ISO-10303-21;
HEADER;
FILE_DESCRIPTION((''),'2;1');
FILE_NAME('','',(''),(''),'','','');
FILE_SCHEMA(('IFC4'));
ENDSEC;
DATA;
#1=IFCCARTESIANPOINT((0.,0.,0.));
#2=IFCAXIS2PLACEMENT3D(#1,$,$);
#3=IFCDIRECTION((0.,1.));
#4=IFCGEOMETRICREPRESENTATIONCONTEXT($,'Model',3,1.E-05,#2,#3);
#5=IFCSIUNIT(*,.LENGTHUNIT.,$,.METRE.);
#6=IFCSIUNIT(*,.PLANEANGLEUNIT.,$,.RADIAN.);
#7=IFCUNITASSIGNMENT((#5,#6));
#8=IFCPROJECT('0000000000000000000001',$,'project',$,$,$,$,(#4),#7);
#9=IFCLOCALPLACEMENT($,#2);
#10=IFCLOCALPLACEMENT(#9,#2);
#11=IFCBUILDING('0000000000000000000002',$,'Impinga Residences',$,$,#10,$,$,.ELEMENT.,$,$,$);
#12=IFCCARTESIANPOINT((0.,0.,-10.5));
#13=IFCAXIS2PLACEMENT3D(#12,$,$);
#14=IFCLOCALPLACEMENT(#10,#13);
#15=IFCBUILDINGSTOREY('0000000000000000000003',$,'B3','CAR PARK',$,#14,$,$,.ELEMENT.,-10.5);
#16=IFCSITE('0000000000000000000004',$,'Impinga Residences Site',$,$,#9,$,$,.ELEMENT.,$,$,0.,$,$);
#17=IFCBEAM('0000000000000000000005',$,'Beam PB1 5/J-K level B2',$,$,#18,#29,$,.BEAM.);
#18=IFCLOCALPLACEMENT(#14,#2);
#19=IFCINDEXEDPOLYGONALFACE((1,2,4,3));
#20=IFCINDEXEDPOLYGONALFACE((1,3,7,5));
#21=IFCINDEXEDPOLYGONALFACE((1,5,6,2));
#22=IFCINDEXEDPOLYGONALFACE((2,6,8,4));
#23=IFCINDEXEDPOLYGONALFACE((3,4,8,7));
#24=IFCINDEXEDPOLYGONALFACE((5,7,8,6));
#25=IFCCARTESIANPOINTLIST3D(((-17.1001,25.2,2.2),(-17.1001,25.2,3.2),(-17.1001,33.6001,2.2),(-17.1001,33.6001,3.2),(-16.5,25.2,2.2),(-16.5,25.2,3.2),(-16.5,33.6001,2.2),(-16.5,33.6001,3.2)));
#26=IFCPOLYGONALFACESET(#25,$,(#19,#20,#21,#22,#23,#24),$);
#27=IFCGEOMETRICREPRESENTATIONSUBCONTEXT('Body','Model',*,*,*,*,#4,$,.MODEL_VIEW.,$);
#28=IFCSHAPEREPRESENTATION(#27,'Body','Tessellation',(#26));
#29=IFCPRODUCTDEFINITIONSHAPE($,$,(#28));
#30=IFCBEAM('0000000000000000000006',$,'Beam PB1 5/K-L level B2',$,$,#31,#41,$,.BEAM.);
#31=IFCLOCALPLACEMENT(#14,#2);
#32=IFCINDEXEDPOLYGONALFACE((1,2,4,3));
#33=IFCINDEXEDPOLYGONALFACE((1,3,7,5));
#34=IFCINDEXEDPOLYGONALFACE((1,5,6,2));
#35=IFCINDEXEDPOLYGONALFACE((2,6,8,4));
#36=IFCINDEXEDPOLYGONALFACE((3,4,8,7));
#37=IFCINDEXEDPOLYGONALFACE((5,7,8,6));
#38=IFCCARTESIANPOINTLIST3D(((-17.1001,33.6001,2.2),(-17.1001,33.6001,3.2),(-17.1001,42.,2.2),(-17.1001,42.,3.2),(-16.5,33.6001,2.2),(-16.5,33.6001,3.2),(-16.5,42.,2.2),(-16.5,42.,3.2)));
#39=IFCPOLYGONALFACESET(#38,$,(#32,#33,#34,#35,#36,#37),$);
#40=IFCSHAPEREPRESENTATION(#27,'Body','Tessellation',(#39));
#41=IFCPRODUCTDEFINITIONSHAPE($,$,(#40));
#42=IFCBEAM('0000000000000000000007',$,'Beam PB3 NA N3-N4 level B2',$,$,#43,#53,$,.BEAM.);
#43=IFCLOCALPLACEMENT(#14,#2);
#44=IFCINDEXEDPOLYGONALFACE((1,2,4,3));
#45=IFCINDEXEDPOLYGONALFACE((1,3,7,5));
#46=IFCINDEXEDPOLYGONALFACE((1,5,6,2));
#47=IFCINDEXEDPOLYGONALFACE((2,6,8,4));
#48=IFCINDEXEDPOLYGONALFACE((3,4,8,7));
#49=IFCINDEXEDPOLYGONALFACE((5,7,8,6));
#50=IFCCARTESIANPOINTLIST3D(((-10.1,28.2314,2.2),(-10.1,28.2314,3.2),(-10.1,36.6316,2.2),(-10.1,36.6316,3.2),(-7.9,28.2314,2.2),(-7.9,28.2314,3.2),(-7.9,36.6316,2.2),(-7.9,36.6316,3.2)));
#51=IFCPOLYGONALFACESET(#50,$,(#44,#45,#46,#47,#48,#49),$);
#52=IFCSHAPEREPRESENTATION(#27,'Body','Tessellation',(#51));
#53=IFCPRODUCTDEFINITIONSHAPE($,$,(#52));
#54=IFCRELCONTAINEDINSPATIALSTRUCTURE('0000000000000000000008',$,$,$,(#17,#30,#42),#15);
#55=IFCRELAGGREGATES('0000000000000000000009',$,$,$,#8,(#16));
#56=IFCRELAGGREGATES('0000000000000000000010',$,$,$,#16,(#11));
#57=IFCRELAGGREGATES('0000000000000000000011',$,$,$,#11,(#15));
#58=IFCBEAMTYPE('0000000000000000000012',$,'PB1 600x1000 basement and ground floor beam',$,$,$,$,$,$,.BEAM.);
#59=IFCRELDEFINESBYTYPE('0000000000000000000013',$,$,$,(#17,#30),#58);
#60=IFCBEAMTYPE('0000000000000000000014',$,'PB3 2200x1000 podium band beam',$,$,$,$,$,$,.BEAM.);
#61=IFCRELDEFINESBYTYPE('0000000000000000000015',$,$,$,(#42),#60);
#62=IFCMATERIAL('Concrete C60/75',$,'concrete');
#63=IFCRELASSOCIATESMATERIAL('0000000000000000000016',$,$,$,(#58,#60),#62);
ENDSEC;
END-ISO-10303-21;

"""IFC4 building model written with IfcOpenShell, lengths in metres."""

from ifc_helpers import new_model, si_unit, direction, frame, origin, origin_2d, place, context, subcontext, project, spatial, rectangle, extrude, material, material_profile, profile_set, type_object, element, save


model = new_model("IFC4")

# Units and contexts
model_context = context("Model", 3, precision=1e-05, world=origin(), true_north=direction((0.0, 1.0)))
body_context = subcontext(model_context, "Body", "Model", "MODEL_VIEW")
ifc_project = project(units=[si_unit("LENGTHUNIT", "METRE"), si_unit("PLANEANGLEUNIT", "RADIAN")], contexts=[model_context])

# Site, building, storey
site_placement = place(None, origin())
site = spatial("IfcSite", under=ifc_project, at=site_placement, Name="Impinga Residences Site", CompositionType="ELEMENT", RefElevation=0.0)
building_placement = place(site_placement, origin())
building = spatial("IfcBuilding", under=site, at=building_placement, Name="Impinga Residences", CompositionType="ELEMENT")
storey_placement = place(building_placement, frame((0.0, 0.0, -10.5)))
storey = spatial("IfcBuildingStorey", under=building, at=storey_placement, Name="B3", Description="CAR PARK", CompositionType="ELEMENT", Elevation=-10.5)

# Beams
ifc_material_1 = material(Name="Concrete C60/75", Category="concrete")
ifc_material_profile_1 = material_profile(ifc_material_1, rectangle(XDim=0.6001, YDim=1.0, at=origin_2d()), Name="RC 600x1000")
ifc_profile_set_1 = profile_set([ifc_material_profile_1], Name="Concrete C60/75")
beam_type_1 = type_object("IfcBeamType", Name="PB1 600x1000 basement and ground floor beam", PredefinedType="BEAM", material=ifc_profile_set_1)
beam_1_placement = place(storey_placement, frame((-16.8, 25.2, 2.7), z_axis=(0.0, 1.0, 0.0), x_axis=(-1.0, 0.0, 0.0)))
element("IfcBeam", 1, at=beam_1_placement, inside=storey, type_object=beam_type_1, Name="Beam PB1 5/J-K level B2", PredefinedType="BEAM", context=body_context, shape_type="SweptSolid", body=[
    extrude(rectangle(XDim=0.6001, YDim=1.0, at=origin_2d()), origin(), (0.0, 0.0, 1.0), 8.4001),
])
beam_2_placement = place(storey_placement, frame((-16.8, 33.6001, 2.7), z_axis=(0.0, 1.0, 0.0), x_axis=(-1.0, 0.0, 0.0)))
element("IfcBeam", 2, at=beam_2_placement, inside=storey, type_object=beam_type_1, Name="Beam PB1 5/K-L level B2", PredefinedType="BEAM", context=body_context, shape_type="SweptSolid", body=[
    extrude(rectangle(XDim=0.6001, YDim=1.0, at=origin_2d()), origin(), (0.0, 0.0, 1.0), 8.3999),
])
ifc_material_profile_2 = material_profile(ifc_material_1, rectangle(XDim=2.2, YDim=1.0, at=origin_2d()), Name="RC 2200x1000")
ifc_profile_set_2 = profile_set([ifc_material_profile_2], Name="Concrete C60/75")
beam_type_2 = type_object("IfcBeamType", Name="PB3 2200x1000 podium band beam", PredefinedType="BEAM", material=ifc_profile_set_2)
beam_3_placement = place(storey_placement, frame((-9.0, 28.2314, 2.7), z_axis=(0.0, 1.0, 0.0), x_axis=(-1.0, 0.0, 0.0)))
element("IfcBeam", 3, at=beam_3_placement, inside=storey, type_object=beam_type_2, Name="Beam PB3 NA N3-N4 level B2", PredefinedType="BEAM", context=body_context, shape_type="SweptSolid", body=[
    extrude(rectangle(XDim=2.2, YDim=1.0, at=origin_2d()), origin(), (0.0, 0.0, 1.0), 8.4001),
])

save(model, "model.ifc")
